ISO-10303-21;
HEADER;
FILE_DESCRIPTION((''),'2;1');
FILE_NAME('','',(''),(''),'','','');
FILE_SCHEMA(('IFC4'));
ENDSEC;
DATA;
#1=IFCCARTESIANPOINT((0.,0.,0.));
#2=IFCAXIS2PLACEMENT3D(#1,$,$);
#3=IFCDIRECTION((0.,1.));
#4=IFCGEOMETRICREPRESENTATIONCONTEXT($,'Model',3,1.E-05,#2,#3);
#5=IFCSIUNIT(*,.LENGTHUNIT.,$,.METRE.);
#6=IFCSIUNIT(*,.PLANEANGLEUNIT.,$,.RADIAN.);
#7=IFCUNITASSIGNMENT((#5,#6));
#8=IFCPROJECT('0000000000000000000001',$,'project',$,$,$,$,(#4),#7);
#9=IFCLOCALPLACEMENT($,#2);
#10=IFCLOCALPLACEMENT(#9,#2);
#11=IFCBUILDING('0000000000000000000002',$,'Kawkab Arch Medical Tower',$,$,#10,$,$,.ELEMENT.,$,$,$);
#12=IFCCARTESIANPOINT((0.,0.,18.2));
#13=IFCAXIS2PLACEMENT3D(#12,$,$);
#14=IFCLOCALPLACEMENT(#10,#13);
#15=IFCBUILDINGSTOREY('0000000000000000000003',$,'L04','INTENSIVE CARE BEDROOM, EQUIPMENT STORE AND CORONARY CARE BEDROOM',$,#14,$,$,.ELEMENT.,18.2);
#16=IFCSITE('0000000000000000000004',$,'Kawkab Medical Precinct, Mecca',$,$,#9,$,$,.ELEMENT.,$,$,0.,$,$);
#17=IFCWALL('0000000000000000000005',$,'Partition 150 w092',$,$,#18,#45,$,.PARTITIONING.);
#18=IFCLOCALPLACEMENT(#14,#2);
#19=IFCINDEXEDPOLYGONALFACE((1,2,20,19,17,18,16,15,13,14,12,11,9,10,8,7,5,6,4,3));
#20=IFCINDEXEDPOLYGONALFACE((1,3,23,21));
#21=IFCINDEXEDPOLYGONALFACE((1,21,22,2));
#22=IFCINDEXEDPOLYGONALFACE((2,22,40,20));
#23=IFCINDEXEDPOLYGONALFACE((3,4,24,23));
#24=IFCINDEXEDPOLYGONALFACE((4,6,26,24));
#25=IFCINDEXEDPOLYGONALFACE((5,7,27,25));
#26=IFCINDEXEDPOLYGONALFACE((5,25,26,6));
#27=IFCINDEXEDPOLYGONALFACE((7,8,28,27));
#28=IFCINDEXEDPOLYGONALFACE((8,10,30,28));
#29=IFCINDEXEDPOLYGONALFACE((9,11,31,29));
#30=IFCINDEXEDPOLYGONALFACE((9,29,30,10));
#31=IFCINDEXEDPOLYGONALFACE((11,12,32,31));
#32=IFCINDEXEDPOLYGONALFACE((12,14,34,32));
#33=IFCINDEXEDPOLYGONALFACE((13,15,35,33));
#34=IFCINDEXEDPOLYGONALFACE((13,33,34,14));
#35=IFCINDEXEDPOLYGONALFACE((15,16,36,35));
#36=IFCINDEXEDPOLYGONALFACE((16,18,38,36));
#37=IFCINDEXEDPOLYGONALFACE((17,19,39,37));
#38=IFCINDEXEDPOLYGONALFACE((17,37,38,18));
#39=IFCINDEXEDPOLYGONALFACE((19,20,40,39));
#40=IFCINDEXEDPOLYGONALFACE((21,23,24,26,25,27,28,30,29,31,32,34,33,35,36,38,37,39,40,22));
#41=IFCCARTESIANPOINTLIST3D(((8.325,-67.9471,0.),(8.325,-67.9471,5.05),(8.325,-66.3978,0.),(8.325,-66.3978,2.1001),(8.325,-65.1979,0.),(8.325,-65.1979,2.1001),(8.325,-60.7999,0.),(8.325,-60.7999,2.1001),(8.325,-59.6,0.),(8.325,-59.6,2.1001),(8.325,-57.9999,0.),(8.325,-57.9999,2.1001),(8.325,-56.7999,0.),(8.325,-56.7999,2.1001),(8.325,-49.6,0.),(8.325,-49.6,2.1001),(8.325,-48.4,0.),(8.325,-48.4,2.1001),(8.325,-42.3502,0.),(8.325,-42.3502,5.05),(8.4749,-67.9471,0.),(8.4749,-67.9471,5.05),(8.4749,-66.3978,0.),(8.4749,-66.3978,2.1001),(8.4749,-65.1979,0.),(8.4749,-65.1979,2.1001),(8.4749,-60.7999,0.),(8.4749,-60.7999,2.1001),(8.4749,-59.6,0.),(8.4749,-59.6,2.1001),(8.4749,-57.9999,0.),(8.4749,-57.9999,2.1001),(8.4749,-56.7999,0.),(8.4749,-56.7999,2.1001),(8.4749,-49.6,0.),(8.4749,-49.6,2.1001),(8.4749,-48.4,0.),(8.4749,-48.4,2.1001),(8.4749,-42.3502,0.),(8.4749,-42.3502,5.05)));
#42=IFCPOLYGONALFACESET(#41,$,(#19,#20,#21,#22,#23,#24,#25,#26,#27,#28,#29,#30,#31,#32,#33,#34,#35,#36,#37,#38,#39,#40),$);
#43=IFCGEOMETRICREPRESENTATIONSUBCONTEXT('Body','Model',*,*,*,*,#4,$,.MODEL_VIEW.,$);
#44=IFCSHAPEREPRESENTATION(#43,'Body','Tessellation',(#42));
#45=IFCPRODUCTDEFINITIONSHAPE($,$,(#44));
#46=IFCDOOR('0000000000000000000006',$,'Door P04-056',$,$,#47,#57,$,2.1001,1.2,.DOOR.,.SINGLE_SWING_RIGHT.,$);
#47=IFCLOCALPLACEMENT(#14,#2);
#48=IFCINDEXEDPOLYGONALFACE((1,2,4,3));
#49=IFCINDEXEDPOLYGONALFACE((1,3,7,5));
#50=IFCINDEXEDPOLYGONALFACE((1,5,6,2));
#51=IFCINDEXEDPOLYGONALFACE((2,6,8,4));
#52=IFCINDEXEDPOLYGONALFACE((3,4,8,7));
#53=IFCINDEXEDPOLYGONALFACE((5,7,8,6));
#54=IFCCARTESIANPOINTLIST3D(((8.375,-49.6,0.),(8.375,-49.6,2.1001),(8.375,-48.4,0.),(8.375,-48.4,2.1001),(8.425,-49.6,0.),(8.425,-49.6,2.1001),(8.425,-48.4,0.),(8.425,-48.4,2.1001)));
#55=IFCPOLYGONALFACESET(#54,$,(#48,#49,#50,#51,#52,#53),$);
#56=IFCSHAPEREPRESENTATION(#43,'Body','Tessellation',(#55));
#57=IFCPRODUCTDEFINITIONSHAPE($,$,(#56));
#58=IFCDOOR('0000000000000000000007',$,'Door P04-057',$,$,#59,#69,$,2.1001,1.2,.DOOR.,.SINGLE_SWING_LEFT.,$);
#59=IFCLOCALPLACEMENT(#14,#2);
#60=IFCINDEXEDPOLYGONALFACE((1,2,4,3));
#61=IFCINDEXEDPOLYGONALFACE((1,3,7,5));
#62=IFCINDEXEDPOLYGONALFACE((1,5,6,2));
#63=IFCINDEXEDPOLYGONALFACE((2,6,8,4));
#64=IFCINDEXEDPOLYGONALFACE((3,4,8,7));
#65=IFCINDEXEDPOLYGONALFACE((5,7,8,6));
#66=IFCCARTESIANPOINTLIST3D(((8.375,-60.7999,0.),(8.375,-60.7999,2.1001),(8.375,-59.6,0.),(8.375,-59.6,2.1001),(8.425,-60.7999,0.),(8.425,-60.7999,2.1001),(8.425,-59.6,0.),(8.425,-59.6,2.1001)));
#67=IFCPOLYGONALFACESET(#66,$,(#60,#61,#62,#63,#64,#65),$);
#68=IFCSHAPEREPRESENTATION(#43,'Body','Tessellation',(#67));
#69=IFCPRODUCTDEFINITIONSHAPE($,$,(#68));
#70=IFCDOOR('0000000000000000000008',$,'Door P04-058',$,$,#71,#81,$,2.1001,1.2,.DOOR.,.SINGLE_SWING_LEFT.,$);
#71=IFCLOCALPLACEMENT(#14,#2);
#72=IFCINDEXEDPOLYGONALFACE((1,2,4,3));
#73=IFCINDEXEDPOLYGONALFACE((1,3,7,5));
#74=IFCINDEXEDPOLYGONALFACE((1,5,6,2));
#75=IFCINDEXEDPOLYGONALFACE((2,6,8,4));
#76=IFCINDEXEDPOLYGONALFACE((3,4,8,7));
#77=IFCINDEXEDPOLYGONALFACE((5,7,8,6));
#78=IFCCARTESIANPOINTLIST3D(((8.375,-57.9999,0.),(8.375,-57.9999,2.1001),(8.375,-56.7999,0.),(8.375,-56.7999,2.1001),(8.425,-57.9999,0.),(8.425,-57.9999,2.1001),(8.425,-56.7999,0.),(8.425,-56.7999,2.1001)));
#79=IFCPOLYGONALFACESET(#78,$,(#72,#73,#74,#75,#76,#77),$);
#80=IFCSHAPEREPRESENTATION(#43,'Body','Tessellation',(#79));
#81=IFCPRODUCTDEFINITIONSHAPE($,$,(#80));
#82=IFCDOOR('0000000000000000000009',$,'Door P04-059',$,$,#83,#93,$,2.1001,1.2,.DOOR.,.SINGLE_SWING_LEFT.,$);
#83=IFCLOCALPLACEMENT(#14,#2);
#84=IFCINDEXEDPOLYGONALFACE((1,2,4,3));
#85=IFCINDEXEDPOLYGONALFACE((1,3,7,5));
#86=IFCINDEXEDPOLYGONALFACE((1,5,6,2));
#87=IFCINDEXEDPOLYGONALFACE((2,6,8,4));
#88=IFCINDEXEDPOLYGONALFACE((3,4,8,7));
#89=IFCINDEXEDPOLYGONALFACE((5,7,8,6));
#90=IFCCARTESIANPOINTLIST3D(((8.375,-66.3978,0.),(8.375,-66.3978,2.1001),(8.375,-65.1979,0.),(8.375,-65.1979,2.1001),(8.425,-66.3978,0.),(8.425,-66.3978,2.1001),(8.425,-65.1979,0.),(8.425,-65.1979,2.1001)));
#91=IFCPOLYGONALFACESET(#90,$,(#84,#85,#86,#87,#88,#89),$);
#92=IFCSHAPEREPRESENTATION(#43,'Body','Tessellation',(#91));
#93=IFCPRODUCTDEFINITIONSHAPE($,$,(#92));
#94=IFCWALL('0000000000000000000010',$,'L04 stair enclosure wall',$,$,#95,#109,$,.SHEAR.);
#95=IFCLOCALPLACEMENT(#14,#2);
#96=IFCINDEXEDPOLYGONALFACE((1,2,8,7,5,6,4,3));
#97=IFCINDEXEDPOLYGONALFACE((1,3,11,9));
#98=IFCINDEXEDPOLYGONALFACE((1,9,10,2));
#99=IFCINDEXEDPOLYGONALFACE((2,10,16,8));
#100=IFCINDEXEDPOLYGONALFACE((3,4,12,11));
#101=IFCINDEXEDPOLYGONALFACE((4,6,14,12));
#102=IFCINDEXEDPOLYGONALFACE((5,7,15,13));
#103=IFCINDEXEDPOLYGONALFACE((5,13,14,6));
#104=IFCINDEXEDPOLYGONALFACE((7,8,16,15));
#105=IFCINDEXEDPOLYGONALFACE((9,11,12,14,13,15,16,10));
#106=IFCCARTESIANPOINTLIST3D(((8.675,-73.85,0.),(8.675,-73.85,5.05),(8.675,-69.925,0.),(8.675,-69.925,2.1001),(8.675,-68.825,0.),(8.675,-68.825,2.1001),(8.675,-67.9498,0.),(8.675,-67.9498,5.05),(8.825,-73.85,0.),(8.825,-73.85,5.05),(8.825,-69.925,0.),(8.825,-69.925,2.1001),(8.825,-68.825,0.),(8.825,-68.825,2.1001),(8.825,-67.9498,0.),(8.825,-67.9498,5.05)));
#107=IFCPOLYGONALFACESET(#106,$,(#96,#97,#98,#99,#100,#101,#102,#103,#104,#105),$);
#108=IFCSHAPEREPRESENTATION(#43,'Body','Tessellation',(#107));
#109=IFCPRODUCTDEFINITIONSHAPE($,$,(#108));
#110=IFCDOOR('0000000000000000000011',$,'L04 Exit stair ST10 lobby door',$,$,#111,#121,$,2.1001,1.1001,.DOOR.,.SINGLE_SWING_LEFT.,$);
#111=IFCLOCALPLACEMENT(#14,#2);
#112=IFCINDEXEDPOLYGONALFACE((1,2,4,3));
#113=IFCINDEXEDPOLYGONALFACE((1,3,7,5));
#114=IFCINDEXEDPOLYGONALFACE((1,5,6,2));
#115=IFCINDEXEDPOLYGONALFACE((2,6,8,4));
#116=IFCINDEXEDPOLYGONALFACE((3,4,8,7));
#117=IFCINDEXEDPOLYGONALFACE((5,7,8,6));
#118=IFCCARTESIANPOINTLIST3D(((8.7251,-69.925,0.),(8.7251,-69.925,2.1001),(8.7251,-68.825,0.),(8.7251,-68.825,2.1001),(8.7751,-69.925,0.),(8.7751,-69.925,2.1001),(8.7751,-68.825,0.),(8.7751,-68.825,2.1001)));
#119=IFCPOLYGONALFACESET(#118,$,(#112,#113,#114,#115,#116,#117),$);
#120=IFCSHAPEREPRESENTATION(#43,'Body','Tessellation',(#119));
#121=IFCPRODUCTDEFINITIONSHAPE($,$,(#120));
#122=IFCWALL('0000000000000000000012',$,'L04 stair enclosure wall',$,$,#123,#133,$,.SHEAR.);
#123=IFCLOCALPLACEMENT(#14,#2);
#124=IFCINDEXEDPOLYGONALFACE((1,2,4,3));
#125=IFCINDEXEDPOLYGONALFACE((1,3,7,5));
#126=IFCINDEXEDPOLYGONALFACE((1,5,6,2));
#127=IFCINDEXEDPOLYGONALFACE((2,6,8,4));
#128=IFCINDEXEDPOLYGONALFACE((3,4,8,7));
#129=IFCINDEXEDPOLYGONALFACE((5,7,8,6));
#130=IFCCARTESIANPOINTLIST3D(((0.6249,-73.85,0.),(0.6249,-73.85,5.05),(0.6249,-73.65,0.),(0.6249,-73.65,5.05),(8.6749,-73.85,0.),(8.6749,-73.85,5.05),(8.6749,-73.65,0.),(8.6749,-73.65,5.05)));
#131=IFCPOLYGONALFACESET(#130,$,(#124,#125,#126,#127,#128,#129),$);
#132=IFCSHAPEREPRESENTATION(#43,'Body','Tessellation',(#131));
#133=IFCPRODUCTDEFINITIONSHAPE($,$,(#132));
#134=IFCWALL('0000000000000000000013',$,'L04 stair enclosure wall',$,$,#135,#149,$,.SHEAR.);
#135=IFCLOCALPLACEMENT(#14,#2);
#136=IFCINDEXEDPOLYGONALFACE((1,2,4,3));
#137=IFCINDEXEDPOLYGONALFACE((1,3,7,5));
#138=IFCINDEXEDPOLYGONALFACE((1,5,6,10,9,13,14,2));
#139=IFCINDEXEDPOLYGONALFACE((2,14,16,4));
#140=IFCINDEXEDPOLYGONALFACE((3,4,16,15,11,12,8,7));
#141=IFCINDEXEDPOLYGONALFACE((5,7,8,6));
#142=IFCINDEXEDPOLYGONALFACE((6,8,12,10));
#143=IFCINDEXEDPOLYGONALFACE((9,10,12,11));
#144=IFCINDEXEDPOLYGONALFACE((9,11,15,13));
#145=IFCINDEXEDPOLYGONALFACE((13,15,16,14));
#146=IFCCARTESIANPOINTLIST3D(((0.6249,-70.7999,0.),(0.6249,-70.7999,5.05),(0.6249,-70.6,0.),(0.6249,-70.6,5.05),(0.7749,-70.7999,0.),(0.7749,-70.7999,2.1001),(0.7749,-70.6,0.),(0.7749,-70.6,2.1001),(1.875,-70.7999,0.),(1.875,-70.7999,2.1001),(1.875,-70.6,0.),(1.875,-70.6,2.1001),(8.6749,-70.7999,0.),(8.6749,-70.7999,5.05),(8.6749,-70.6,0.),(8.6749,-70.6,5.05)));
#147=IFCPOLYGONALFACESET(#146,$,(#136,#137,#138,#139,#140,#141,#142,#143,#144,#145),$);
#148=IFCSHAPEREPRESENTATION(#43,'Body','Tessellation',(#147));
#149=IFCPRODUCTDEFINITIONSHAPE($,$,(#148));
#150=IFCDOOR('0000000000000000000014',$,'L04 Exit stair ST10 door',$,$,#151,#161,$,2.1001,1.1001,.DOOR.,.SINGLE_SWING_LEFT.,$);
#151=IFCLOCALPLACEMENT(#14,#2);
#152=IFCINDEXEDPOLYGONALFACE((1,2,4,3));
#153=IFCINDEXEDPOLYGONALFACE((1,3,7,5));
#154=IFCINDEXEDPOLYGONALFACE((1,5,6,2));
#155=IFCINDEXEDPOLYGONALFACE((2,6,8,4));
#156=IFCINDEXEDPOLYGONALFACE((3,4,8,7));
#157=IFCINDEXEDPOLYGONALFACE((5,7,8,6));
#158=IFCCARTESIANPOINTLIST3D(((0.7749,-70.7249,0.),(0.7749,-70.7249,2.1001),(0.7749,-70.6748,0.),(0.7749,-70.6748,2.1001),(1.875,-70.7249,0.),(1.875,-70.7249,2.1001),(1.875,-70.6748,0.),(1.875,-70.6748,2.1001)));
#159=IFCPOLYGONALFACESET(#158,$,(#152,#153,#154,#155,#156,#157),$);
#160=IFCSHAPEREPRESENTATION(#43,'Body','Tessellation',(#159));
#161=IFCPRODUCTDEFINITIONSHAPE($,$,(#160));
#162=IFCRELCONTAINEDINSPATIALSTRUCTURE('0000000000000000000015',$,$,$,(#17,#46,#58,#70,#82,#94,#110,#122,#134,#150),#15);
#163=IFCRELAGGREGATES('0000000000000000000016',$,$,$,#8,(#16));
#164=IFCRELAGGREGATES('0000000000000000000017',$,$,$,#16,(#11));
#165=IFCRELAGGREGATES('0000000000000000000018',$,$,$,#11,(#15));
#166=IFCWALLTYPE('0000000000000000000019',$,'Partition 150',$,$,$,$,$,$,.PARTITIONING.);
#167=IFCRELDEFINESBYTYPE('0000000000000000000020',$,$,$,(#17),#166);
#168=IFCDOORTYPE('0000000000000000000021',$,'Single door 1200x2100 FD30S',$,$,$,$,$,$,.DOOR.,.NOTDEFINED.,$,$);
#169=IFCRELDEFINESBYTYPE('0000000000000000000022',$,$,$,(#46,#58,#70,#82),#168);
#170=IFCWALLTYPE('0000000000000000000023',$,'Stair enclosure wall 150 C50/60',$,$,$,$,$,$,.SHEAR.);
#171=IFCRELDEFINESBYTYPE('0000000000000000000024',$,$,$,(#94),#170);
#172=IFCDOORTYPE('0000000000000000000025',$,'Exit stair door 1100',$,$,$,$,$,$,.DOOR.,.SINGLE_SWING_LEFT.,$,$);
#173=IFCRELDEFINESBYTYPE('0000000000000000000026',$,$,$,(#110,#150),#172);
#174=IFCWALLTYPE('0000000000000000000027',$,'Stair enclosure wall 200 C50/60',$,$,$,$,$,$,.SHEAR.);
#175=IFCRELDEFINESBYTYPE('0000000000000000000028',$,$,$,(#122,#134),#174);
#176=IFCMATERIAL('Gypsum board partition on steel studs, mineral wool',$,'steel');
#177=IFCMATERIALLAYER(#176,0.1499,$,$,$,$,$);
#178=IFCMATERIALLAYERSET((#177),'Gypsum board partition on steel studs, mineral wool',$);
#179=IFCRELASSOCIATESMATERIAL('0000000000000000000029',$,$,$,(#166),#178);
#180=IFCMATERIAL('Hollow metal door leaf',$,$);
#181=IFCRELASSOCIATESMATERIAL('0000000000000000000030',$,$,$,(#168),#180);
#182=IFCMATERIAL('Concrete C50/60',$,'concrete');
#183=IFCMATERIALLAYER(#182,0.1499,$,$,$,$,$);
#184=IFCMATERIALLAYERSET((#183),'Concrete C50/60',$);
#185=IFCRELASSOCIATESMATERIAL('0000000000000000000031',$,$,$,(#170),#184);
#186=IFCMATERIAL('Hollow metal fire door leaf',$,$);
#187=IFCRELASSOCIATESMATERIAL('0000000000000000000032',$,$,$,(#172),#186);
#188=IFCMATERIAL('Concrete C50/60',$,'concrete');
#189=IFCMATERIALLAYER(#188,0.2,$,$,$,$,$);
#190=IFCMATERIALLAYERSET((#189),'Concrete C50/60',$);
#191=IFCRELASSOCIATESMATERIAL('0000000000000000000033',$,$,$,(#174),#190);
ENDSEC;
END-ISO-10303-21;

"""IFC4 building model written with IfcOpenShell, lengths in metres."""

from ifc_helpers import new_model, si_unit, direction, frame, frame_2d, origin, place, context, subcontext, project, spatial, rectangle, extrude, material, layer, layer_set, type_object, element, fill, save


model = new_model("IFC4")

# Units and contexts
model_context = context("Model", 3, precision=1e-05, world=origin(), true_north=direction((0.0, 1.0)))
body_context = subcontext(model_context, "Body", "Model", "MODEL_VIEW")
ifc_project = project(units=[si_unit("LENGTHUNIT", "METRE"), si_unit("PLANEANGLEUNIT", "RADIAN")], contexts=[model_context])

# Site, building, storey
site_placement = place(None, origin())
site = spatial("IfcSite", under=ifc_project, at=site_placement, Name="Kawkab Medical Precinct, Mecca", CompositionType="ELEMENT", RefElevation=0.0)
building_placement = place(site_placement, origin())
building = spatial("IfcBuilding", under=site, at=building_placement, Name="Kawkab Arch Medical Tower", CompositionType="ELEMENT")
storey_placement = place(building_placement, frame((0.0, 0.0, 18.2)))
storey = spatial("IfcBuildingStorey", under=building, at=storey_placement, Name="L04", Description="INTENSIVE CARE BEDROOM, EQUIPMENT STORE AND CORONARY CARE BEDROOM", CompositionType="ELEMENT", Elevation=18.2)

# Shared definitions
ifc_material_1 = material(Name="Gypsum board partition on steel studs, mineral wool", Category="steel")
ifc_layer_1 = layer(ifc_material_1, 0.1499)
ifc_layer_set_1 = layer_set([ifc_layer_1], Name="Gypsum board partition on steel studs, mineral wool")
wall_type_1 = type_object("IfcWallType", Name="Partition 150", PredefinedType="PARTITIONING", material=ifc_layer_set_1)

# Wall, openings, doors
wall_1_placement = place(storey_placement, frame((8.3999, -67.947, 0.0), z_axis=(0.0, 0.0, 1.0), x_axis=(0.0, 1.0, 0.0)))
wall_1 = element("IfcWall", 1, at=wall_1_placement, inside=storey, type_object=wall_type_1, Name="Partition 150 w092", PredefinedType="PARTITIONING", context=body_context, shape_type="SweptSolid", body=[
    extrude(rectangle(XDim=25.5969, YDim=0.1499, at=frame_2d((12.7983, 0.0))), origin(), (0.0, 0.0, 1.0), 5.05),
])
opening_1_placement = place(wall_1_placement, frame((18.3469, 0.0, 0.0)))
opening_1 = element("IfcOpeningElement", 2, at=opening_1_placement, cuts=wall_1, PredefinedType="OPENING", context=body_context, shape_type="SweptSolid", body=[
    extrude(rectangle(XDim=1.2, YDim=2.1001, at=frame_2d((0.6001, 1.05))), frame((0.0, 0.085, 0.0), z_axis=(0.0, -1.0, 0.0), x_axis=(1.0, 0.0, 0.0)), (0.0, 0.0, 1.0), 0.1699),
])
opening_2_placement = place(wall_1_placement, frame((7.147, 0.0, 0.0)))
opening_2 = element("IfcOpeningElement", 3, at=opening_2_placement, cuts=wall_1, PredefinedType="OPENING", context=body_context, shape_type="SweptSolid", body=[
    extrude(rectangle(XDim=1.2, YDim=2.1001, at=frame_2d((0.6001, 1.05))), frame((0.0, 0.085, 0.0), z_axis=(0.0, -1.0, 0.0), x_axis=(1.0, 0.0, 0.0)), (0.0, 0.0, 1.0), 0.1699),
])
opening_3_placement = place(wall_1_placement, frame((9.947, 0.0, 0.0)))
opening_3 = element("IfcOpeningElement", 4, at=opening_3_placement, cuts=wall_1, PredefinedType="OPENING", context=body_context, shape_type="SweptSolid", body=[
    extrude(rectangle(XDim=1.2, YDim=2.1001, at=frame_2d((0.6001, 1.05))), frame((0.0, 0.085, 0.0), z_axis=(0.0, -1.0, 0.0), x_axis=(1.0, 0.0, 0.0)), (0.0, 0.0, 1.0), 0.1699),
])
opening_4_placement = place(wall_1_placement, frame((1.5491, 0.0, 0.0)))
opening_4 = element("IfcOpeningElement", 5, at=opening_4_placement, cuts=wall_1, PredefinedType="OPENING", context=body_context, shape_type="SweptSolid", body=[
    extrude(rectangle(XDim=1.2, YDim=2.1001, at=frame_2d((0.6001, 1.05))), frame((0.0, 0.085, 0.0), z_axis=(0.0, -1.0, 0.0), x_axis=(1.0, 0.0, 0.0)), (0.0, 0.0, 1.0), 0.1699),
])
ifc_material_2 = material(Name="Hollow metal door leaf")
door_type_1 = type_object("IfcDoorType", Name="Single door 1200x2100 FD30S", OperationType="NOTDEFINED", PredefinedType="DOOR", material=ifc_material_2)
door_1_placement = place(opening_1_placement, origin())
door_1 = element("IfcDoor", 6, at=door_1_placement, inside=storey, type_object=door_type_1, Name="Door P04-056", OperationType="SINGLE_SWING_RIGHT", OverallHeight=2.1001, OverallWidth=1.2, PredefinedType="DOOR", context=body_context, shape_type="SweptSolid", body=[
    extrude(rectangle(XDim=1.2, YDim=2.1001, at=frame_2d((0.6001, 1.05))), frame((0.0, 0.0249, 0.0), z_axis=(0.0, -1.0, 0.0), x_axis=(1.0, 0.0, 0.0)), (0.0, 0.0, 1.0), 0.05),
])
fill(opening_1, door_1)
door_2_placement = place(opening_2_placement, origin())
door_2 = element("IfcDoor", 7, at=door_2_placement, inside=storey, type_object=door_type_1, Name="Door P04-057", OperationType="SINGLE_SWING_LEFT", OverallHeight=2.1001, OverallWidth=1.2, PredefinedType="DOOR", context=body_context, shape_type="SweptSolid", body=[
    extrude(rectangle(XDim=1.2, YDim=2.1001, at=frame_2d((0.6001, 1.05))), frame((0.0, 0.0249, 0.0), z_axis=(0.0, -1.0, 0.0), x_axis=(1.0, 0.0, 0.0)), (0.0, 0.0, 1.0), 0.05),
])
fill(opening_2, door_2)
door_3_placement = place(opening_3_placement, origin())
door_3 = element("IfcDoor", 8, at=door_3_placement, inside=storey, type_object=door_type_1, Name="Door P04-058", OperationType="SINGLE_SWING_LEFT", OverallHeight=2.1001, OverallWidth=1.2, PredefinedType="DOOR", context=body_context, shape_type="SweptSolid", body=[
    extrude(rectangle(XDim=1.2, YDim=2.1001, at=frame_2d((0.6001, 1.05))), frame((0.0, 0.0249, 0.0), z_axis=(0.0, -1.0, 0.0), x_axis=(1.0, 0.0, 0.0)), (0.0, 0.0, 1.0), 0.05),
])
fill(opening_3, door_3)
door_4_placement = place(opening_4_placement, origin())
door_4 = element("IfcDoor", 9, at=door_4_placement, inside=storey, type_object=door_type_1, Name="Door P04-059", OperationType="SINGLE_SWING_LEFT", OverallHeight=2.1001, OverallWidth=1.2, PredefinedType="DOOR", context=body_context, shape_type="SweptSolid", body=[
    extrude(rectangle(XDim=1.2, YDim=2.1001, at=frame_2d((0.6001, 1.05))), frame((0.0, 0.0249, 0.0), z_axis=(0.0, -1.0, 0.0), x_axis=(1.0, 0.0, 0.0)), (0.0, 0.0, 1.0), 0.05),
])
fill(opening_4, door_4)

# Wall, opening, door
ifc_material_3 = material(Name="Concrete C50/60", Category="concrete")
ifc_layer_2 = layer(ifc_material_3, 0.1499)
ifc_layer_set_2 = layer_set([ifc_layer_2], Name="Concrete C50/60")
wall_type_2 = type_object("IfcWallType", Name="Stair enclosure wall 150 C50/60", PredefinedType="SHEAR", material=ifc_layer_set_2)
wall_2_placement = place(storey_placement, frame((8.75, -73.8501, 0.0), z_axis=(0.0, 0.0, 1.0), x_axis=(0.0, 1.0, 0.0)))
wall_2 = element("IfcWall", 10, at=wall_2_placement, inside=storey, type_object=wall_type_2, Name="L04 stair enclosure wall", PredefinedType="SHEAR", context=body_context, shape_type="SweptSolid", body=[
    extrude(rectangle(XDim=5.9001, YDim=0.1499, at=frame_2d((2.9502, 0.0))), origin(), (0.0, 0.0, 1.0), 5.05),
])
opening_5_placement = place(wall_2_placement, frame((3.925, 0.0, 0.0)))
opening_5 = element("IfcOpeningElement", 11, at=opening_5_placement, cuts=wall_2, PredefinedType="OPENING", context=body_context, shape_type="SweptSolid", body=[
    extrude(rectangle(XDim=1.1001, YDim=2.1001, at=frame_2d((0.55, 1.05))), frame((0.0, 0.085, 0.0), z_axis=(0.0, -1.0, 0.0), x_axis=(1.0, 0.0, 0.0)), (0.0, 0.0, 1.0), 0.1699),
])
ifc_material_4 = material(Name="Hollow metal fire door leaf")
door_type_2 = type_object("IfcDoorType", Name="Exit stair door 1100", OperationType="SINGLE_SWING_LEFT", PredefinedType="DOOR", material=ifc_material_4)
door_5_placement = place(opening_5_placement, origin())
door_5 = element("IfcDoor", 12, at=door_5_placement, inside=storey, type_object=door_type_2, Name="L04 Exit stair ST10 lobby door", OperationType="SINGLE_SWING_LEFT", OverallHeight=2.1001, OverallWidth=1.1001, PredefinedType="DOOR", context=body_context, shape_type="SweptSolid", body=[
    extrude(rectangle(XDim=1.1001, YDim=2.1001, at=frame_2d((0.55, 1.05))), frame((0.0, 0.0249, 0.0), z_axis=(0.0, -1.0, 0.0), x_axis=(1.0, 0.0, 0.0)), (0.0, 0.0, 1.0), 0.05),
])
fill(opening_5, door_5)

# Wall
ifc_material_5 = material(Name="Concrete C50/60", Category="concrete")
ifc_layer_3 = layer(ifc_material_5, 0.2)
ifc_layer_set_3 = layer_set([ifc_layer_3], Name="Concrete C50/60")
wall_type_3 = type_object("IfcWallType", Name="Stair enclosure wall 200 C50/60", PredefinedType="SHEAR", material=ifc_layer_set_3)
wall_3_placement = place(storey_placement, frame((0.625, -73.75, 0.0), z_axis=(0.0, 0.0, 1.0), x_axis=(1.0, 0.0, 0.0)))
element("IfcWall", 13, at=wall_3_placement, inside=storey, type_object=wall_type_3, Name="L04 stair enclosure wall", PredefinedType="SHEAR", context=body_context, shape_type="SweptSolid", body=[
    extrude(rectangle(XDim=8.05, YDim=0.2, at=frame_2d((4.0249, 0.0))), origin(), (0.0, 0.0, 1.0), 5.05),
])

# Wall, opening, door
wall_4_placement = place(storey_placement, frame((0.625, -70.7, 0.0), z_axis=(0.0, 0.0, 1.0), x_axis=(1.0, 0.0, 0.0)))
wall_4 = element("IfcWall", 14, at=wall_4_placement, inside=storey, type_object=wall_type_3, Name="L04 stair enclosure wall", PredefinedType="SHEAR", context=body_context, shape_type="SweptSolid", body=[
    extrude(rectangle(XDim=8.05, YDim=0.2, at=frame_2d((4.0249, 0.0))), origin(), (0.0, 0.0, 1.0), 5.05),
])
opening_6_placement = place(wall_4_placement, frame((0.1499, 0.0, 0.0)))
opening_6 = element("IfcOpeningElement", 15, at=opening_6_placement, cuts=wall_4, PredefinedType="OPENING", context=body_context, shape_type="SweptSolid", body=[
    extrude(rectangle(XDim=1.1001, YDim=2.1001, at=frame_2d((0.55, 1.05))), frame((0.0, 0.1099, 0.0), z_axis=(0.0, -1.0, 0.0), x_axis=(1.0, 0.0, 0.0)), (0.0, 0.0, 1.0), 0.22),
])
door_6_placement = place(opening_6_placement, frame((1.1001, 0.0, 0.0), z_axis=(0.0, 0.0, 1.0), x_axis=(-1.0, 0.0, 0.0)))
door_6 = element("IfcDoor", 16, at=door_6_placement, inside=storey, type_object=door_type_2, Name="L04 Exit stair ST10 door", OperationType="SINGLE_SWING_LEFT", OverallHeight=2.1001, OverallWidth=1.1001, PredefinedType="DOOR", context=body_context, shape_type="SweptSolid", body=[
    extrude(rectangle(XDim=1.1001, YDim=2.1001, at=frame_2d((0.55, 1.05))), frame((0.0, 0.0249, 0.0), z_axis=(0.0, -1.0, 0.0), x_axis=(1.0, 0.0, 0.0)), (0.0, 0.0, 1.0), 0.05),
])
fill(opening_6, door_6)

save(model, "model.ifc")
